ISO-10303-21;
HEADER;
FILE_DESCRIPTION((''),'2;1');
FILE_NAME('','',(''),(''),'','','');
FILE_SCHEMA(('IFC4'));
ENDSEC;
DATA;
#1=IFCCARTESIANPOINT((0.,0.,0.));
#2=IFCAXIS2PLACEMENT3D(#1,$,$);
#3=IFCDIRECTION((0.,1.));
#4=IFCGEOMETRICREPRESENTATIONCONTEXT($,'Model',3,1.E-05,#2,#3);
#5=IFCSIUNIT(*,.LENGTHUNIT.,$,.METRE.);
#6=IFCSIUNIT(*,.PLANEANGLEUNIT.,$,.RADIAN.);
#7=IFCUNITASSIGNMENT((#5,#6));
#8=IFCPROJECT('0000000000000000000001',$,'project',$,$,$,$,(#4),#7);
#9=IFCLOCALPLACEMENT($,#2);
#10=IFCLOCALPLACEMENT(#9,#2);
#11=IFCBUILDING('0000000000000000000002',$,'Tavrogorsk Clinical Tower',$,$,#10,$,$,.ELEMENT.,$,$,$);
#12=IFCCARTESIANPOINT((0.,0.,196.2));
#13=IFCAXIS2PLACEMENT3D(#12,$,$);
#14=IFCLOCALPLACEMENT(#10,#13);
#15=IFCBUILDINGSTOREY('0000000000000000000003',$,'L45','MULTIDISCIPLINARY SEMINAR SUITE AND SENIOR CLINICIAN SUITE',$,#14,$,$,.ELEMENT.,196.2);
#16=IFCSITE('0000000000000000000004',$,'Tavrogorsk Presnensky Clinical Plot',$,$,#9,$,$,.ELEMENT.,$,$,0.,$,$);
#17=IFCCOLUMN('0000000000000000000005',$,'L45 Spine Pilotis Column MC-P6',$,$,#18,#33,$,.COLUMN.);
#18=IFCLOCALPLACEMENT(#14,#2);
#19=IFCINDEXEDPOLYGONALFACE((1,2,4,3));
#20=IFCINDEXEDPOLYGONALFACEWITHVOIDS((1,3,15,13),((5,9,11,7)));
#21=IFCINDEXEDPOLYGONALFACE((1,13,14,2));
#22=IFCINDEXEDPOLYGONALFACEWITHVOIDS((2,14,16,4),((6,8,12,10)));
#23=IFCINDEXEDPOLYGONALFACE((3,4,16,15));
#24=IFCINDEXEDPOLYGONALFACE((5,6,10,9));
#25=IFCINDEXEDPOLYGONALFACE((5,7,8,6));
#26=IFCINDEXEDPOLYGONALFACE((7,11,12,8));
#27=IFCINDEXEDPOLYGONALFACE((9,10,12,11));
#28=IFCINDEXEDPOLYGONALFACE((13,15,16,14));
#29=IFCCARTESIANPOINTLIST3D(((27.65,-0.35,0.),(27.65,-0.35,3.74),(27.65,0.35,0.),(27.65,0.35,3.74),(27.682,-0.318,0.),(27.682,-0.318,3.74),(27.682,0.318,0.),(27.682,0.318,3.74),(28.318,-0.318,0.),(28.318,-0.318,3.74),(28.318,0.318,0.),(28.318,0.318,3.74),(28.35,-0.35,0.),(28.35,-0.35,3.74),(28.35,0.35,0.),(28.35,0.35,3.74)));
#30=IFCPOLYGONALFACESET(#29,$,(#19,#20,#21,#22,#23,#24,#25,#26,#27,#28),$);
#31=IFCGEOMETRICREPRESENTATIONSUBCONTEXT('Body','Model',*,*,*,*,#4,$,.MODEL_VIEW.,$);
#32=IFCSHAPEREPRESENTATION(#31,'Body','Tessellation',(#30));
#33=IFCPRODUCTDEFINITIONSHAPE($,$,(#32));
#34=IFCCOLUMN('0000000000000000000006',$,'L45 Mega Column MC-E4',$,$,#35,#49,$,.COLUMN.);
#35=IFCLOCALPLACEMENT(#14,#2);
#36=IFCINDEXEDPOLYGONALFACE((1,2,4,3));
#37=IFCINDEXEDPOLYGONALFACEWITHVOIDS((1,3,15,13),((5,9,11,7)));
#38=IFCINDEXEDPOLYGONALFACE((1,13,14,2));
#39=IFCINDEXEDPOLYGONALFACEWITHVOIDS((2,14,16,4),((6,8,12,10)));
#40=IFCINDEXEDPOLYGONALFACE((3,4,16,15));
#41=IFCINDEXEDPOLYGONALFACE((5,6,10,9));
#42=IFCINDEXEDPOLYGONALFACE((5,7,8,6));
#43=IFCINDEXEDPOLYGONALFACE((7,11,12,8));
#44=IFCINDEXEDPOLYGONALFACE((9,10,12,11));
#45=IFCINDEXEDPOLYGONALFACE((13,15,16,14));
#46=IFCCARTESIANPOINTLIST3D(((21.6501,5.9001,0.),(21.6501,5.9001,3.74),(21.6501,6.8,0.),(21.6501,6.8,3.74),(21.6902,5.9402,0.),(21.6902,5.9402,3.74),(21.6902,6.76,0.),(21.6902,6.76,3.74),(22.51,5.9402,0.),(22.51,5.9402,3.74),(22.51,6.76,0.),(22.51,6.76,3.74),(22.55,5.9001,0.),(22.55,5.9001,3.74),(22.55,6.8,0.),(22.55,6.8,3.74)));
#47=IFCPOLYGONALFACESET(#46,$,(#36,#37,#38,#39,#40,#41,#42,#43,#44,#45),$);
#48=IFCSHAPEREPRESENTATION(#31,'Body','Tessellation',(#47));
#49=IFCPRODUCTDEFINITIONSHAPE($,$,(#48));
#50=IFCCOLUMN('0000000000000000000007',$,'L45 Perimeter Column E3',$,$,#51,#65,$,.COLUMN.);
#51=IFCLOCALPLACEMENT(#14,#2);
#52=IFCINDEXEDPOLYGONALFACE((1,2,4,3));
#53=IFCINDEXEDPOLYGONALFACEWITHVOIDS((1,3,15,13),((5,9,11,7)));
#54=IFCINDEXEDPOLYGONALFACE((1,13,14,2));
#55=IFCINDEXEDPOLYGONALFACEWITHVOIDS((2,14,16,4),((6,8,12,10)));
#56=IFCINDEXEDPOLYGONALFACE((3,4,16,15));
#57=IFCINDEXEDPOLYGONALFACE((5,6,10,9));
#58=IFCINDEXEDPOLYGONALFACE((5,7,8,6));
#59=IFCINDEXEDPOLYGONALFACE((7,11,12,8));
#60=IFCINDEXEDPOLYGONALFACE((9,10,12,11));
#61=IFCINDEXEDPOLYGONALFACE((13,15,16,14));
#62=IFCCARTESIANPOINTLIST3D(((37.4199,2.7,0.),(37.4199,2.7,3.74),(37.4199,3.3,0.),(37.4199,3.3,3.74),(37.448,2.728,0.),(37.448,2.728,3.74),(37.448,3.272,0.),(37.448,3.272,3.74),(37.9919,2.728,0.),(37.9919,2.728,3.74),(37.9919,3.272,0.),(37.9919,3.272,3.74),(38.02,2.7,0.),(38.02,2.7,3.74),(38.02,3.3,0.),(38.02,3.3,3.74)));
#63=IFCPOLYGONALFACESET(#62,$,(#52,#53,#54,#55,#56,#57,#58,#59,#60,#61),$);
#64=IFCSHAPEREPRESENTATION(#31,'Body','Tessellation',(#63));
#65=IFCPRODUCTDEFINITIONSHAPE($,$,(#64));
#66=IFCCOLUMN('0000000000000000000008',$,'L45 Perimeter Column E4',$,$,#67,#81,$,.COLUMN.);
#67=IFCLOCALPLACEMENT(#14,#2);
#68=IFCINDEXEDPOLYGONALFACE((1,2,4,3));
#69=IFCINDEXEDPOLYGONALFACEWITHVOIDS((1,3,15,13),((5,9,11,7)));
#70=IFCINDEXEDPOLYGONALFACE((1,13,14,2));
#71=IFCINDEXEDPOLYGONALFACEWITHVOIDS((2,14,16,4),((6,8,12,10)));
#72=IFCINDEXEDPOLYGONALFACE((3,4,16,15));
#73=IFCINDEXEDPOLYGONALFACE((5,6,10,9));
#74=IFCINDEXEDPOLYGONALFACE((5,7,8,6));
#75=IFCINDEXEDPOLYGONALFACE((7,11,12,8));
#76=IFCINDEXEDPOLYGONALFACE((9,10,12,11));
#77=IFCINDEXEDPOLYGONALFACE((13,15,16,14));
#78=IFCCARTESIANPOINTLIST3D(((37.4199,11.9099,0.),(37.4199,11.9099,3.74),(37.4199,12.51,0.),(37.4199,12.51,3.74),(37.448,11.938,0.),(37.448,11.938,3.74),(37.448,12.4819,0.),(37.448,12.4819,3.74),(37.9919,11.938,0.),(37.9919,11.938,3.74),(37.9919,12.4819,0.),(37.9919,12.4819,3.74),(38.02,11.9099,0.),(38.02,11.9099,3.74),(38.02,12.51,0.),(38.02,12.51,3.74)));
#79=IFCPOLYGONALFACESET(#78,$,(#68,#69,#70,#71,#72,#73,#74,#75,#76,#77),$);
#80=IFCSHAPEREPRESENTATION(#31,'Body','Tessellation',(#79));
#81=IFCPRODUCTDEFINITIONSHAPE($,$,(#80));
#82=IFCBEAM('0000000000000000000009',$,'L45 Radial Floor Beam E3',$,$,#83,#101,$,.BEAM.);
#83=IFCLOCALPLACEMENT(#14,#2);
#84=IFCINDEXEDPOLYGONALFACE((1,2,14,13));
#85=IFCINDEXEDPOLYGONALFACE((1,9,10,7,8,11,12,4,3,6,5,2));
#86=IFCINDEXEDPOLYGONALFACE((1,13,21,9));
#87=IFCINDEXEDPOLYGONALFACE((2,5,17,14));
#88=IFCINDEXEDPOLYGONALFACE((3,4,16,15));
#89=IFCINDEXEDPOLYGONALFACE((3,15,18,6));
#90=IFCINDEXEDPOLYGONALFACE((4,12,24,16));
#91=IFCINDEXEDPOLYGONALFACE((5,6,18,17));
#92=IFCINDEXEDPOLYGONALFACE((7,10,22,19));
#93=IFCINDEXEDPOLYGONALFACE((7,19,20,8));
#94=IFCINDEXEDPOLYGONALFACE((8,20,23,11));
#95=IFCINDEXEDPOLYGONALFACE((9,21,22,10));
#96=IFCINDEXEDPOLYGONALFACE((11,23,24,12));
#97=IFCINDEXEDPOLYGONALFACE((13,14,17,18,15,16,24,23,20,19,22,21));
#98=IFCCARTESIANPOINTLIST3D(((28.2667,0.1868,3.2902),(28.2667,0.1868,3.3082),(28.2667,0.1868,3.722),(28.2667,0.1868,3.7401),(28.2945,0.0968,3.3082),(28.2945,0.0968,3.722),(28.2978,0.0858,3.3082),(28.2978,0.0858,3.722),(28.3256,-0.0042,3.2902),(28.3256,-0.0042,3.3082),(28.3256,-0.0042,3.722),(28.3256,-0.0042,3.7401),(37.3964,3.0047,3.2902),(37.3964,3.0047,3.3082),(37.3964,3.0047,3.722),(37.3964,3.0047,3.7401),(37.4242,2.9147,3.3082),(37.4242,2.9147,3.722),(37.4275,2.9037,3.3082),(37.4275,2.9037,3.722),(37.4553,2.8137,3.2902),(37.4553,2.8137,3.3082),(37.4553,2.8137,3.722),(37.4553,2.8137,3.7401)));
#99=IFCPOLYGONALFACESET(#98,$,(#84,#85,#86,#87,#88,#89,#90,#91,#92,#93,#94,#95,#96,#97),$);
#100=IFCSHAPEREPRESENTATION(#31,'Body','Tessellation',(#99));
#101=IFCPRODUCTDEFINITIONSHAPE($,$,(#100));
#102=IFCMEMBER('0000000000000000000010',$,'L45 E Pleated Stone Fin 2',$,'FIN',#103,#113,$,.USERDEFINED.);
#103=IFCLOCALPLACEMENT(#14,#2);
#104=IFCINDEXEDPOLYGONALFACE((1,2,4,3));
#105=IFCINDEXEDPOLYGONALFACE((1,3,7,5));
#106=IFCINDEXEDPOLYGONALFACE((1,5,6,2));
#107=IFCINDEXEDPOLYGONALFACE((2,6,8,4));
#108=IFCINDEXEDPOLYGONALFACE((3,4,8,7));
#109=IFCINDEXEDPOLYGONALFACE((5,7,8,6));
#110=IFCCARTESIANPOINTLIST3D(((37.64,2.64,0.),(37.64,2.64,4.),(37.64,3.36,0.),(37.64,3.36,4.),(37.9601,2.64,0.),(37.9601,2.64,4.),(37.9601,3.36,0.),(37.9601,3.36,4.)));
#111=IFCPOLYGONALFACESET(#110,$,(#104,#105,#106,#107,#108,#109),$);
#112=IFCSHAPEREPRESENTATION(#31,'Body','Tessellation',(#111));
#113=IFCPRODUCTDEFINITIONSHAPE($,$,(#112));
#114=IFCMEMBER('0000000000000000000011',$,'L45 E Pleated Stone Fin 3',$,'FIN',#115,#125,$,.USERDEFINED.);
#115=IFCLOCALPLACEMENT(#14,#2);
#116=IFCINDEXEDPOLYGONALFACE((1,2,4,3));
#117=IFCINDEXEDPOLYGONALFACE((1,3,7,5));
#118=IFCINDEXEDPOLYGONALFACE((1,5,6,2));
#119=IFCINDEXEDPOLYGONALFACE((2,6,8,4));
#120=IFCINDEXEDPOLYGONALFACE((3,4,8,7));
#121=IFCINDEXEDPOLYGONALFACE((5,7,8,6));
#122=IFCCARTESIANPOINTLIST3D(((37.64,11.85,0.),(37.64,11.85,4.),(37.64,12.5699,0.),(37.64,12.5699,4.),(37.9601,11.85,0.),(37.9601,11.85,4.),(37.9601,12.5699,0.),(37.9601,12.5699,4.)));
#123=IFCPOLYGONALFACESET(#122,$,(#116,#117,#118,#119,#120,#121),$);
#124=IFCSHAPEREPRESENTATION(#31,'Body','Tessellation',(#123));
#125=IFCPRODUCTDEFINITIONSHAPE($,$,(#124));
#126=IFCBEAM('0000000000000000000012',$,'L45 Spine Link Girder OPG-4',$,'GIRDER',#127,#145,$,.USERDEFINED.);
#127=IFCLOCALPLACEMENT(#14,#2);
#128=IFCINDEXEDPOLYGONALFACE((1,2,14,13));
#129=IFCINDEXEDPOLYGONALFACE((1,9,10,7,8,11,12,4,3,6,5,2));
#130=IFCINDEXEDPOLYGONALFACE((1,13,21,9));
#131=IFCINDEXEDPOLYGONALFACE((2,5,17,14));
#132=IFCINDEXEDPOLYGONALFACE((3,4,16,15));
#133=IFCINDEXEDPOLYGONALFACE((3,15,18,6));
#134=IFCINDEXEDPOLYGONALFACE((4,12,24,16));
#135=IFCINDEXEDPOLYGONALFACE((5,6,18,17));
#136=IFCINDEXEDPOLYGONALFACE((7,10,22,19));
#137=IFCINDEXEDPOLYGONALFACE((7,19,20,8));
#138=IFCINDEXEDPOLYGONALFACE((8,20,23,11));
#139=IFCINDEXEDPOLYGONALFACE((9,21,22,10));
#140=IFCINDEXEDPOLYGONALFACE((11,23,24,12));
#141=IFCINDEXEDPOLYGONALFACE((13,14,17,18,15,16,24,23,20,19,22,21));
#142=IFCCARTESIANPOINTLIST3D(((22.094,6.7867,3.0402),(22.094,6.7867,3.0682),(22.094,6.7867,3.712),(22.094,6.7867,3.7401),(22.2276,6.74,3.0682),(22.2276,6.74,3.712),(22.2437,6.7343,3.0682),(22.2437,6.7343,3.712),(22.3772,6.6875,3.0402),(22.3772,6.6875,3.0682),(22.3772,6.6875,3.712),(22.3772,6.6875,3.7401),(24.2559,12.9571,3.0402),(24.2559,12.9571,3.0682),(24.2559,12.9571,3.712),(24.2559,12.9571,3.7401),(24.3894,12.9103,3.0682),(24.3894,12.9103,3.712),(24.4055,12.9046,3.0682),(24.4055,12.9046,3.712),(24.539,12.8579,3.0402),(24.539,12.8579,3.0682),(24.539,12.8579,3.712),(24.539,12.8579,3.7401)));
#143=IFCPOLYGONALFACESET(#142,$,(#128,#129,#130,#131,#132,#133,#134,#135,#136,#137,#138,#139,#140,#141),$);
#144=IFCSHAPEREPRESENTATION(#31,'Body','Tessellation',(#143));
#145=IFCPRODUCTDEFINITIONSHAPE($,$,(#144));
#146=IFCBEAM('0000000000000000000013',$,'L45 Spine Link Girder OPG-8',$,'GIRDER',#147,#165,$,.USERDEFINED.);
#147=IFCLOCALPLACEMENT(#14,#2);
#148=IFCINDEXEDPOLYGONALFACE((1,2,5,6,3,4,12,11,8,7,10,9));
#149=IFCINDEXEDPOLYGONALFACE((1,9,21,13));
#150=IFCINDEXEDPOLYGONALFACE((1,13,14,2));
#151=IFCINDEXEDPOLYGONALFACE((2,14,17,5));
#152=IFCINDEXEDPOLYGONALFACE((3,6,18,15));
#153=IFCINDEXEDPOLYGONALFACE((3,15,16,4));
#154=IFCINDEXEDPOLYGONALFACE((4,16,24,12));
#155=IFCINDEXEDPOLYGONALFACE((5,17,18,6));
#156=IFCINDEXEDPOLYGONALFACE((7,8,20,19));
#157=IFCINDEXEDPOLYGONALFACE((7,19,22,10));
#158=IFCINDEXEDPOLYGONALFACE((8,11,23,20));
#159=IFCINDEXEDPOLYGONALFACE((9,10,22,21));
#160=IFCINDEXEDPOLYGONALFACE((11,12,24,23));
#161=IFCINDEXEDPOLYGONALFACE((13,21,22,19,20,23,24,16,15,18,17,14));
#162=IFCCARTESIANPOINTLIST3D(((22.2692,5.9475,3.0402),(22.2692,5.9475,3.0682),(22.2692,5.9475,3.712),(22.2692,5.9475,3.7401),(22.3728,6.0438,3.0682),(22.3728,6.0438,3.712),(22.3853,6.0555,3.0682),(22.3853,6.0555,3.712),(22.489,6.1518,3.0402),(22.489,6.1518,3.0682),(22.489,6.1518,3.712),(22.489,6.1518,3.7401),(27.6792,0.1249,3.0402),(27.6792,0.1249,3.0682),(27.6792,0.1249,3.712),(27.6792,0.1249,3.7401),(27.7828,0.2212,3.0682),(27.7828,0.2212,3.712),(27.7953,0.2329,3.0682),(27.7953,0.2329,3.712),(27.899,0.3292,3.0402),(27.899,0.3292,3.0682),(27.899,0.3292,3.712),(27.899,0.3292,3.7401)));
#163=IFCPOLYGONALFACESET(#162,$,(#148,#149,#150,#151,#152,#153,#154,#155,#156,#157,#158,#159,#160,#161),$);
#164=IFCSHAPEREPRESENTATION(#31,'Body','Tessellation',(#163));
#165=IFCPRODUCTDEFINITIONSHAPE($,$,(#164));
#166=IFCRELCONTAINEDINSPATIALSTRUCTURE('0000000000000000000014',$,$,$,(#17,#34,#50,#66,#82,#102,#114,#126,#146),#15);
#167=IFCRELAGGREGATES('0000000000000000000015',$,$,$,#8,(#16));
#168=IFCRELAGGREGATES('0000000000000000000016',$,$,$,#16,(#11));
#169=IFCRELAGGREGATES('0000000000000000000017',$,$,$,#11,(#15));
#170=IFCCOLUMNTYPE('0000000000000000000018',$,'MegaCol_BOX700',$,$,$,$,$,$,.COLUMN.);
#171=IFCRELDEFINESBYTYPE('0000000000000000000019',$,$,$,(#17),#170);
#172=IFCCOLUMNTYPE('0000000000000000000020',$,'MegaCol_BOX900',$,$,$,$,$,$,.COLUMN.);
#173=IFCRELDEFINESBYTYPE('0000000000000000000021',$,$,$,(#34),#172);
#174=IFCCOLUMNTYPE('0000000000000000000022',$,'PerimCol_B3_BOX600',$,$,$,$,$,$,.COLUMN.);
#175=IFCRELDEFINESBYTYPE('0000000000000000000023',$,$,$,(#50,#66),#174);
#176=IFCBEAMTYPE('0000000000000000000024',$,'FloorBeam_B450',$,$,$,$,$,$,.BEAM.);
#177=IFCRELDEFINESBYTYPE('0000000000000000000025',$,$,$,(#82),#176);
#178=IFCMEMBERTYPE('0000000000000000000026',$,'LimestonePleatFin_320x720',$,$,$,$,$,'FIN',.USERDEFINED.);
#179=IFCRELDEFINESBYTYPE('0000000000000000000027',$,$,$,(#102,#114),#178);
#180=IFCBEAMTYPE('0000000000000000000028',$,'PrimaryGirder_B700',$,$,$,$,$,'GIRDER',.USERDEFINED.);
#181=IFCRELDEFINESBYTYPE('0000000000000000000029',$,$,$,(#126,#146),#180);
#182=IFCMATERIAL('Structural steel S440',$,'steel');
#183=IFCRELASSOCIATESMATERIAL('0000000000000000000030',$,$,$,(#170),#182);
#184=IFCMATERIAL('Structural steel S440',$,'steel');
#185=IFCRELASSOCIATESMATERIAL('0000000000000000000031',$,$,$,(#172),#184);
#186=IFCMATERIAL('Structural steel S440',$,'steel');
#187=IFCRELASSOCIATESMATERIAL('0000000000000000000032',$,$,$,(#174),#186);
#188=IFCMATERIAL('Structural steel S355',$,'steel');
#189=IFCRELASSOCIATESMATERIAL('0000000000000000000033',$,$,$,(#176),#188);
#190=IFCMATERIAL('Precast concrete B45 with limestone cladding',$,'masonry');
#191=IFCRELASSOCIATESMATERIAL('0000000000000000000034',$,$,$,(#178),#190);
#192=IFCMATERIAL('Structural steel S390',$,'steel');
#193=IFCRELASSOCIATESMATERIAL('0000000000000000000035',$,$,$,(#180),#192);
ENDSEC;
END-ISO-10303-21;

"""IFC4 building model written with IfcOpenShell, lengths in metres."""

from ifc_helpers import new_model, si_unit, direction, frame, origin, origin_2d, place, context, subcontext, project, spatial, rectangle, hollow_rectangle, i_section, extrude, material, material_profile, profile_set, type_object, element, save


model = new_model("IFC4")

# Units and contexts
model_context = context("Model", 3, precision=1e-05, world=origin(), true_north=direction((0.0, 1.0)))
body_context = subcontext(model_context, "Body", "Model", "MODEL_VIEW")
ifc_project = project(units=[si_unit("LENGTHUNIT", "METRE"), si_unit("PLANEANGLEUNIT", "RADIAN")], contexts=[model_context])

# Site, building, storey
site_placement = place(None, origin())
site = spatial("IfcSite", under=ifc_project, at=site_placement, Name="Tavrogorsk Presnensky Clinical Plot", CompositionType="ELEMENT", RefElevation=0.0)
building_placement = place(site_placement, origin())
building = spatial("IfcBuilding", under=site, at=building_placement, Name="Tavrogorsk Clinical Tower", CompositionType="ELEMENT")
storey_placement = place(building_placement, frame((0.0, 0.0, 196.2)))
storey = spatial("IfcBuildingStorey", under=building, at=storey_placement, Name="L45", Description="MULTIDISCIPLINARY SEMINAR SUITE AND SENIOR CLINICIAN SUITE", CompositionType="ELEMENT", Elevation=196.2)

# Columns
ifc_material_1 = material(Name="Structural steel S440", Category="steel")
ifc_material_profile_1 = material_profile(ifc_material_1, hollow_rectangle(XDim=0.7, YDim=0.7, WallThickness=0.032, at=origin_2d()), Name="BOX-700x700x32")
ifc_profile_set_1 = profile_set([ifc_material_profile_1], Name="Structural steel S440")
column_type_1 = type_object("IfcColumnType", Name="MegaCol_BOX700", PredefinedType="COLUMN", material=ifc_profile_set_1)
column_1_placement = place(storey_placement, frame((28.0, 0.0, 0.0), z_axis=(0.0, 0.0, 1.0), x_axis=(1.0, 0.0, 0.0)))
element("IfcColumn", 1, at=column_1_placement, inside=storey, type_object=column_type_1, Name="L45 Spine Pilotis Column MC-P6", PredefinedType="COLUMN", context=body_context, shape_type="SweptSolid", body=[
    extrude(hollow_rectangle(XDim=0.7, YDim=0.7, WallThickness=0.032, at=origin_2d()), origin(), (0.0, 0.0, 1.0), 3.74),
])
ifc_material_2 = material(Name="Structural steel S440", Category="steel")
ifc_material_profile_2 = material_profile(ifc_material_2, hollow_rectangle(XDim=0.8999, YDim=0.8999, WallThickness=0.04, at=origin_2d()), Name="BOX-900x900x40")
ifc_profile_set_2 = profile_set([ifc_material_profile_2], Name="Structural steel S440")
column_type_2 = type_object("IfcColumnType", Name="MegaCol_BOX900", PredefinedType="COLUMN", material=ifc_profile_set_2)
column_2_placement = place(storey_placement, frame((22.1001, 6.3501, 0.0), z_axis=(0.0, 0.0, 1.0), x_axis=(1.0, 0.0, 0.0)))
element("IfcColumn", 2, at=column_2_placement, inside=storey, type_object=column_type_2, Name="L45 Mega Column MC-E4", PredefinedType="COLUMN", context=body_context, shape_type="SweptSolid", body=[
    extrude(hollow_rectangle(XDim=0.8999, YDim=0.8999, WallThickness=0.04, at=origin_2d()), origin(), (0.0, 0.0, 1.0), 3.74),
])
ifc_material_3 = material(Name="Structural steel S440", Category="steel")
ifc_material_profile_3 = material_profile(ifc_material_3, hollow_rectangle(XDim=0.6001, YDim=0.6001, WallThickness=0.0281, at=origin_2d()), Name="BOX-600x600x28")
ifc_profile_set_3 = profile_set([ifc_material_profile_3], Name="Structural steel S440")
column_type_3 = type_object("IfcColumnType", Name="PerimCol_B3_BOX600", PredefinedType="COLUMN", material=ifc_profile_set_3)
for number, where, z_axis, x_axis, name in (
    (3, (37.72, 3.0, 0.0), (0.0, 0.0, 1.0), (1.0, 0.0, 0.0), "L45 Perimeter Column E3"),
    (4, (37.72, 12.21, 0.0), (0.0, 0.0, 1.0), (1.0, 0.0, 0.0), "L45 Perimeter Column E4"),
):
    element("IfcColumn", number, at=place(storey_placement, frame(where, z_axis=z_axis, x_axis=x_axis)), inside=storey, type_object=column_type_3, Name=name, PredefinedType="COLUMN", context=body_context, shape_type="SweptSolid", body=[
        extrude(hollow_rectangle(XDim=0.6001, YDim=0.6001, WallThickness=0.0281, at=origin_2d()), origin(), (0.0, 0.0, 1.0), 3.74),
    ])

# Beam
ifc_material_4 = material(Name="Structural steel S355", Category="steel")
ifc_material_profile_4 = material_profile(ifc_material_4, i_section(OverallWidth=0.2, OverallDepth=0.45, WebThickness=0.0115, FlangeThickness=0.0181, at=origin_2d()), Name="B-450x200x11.5x18")
ifc_profile_set_4 = profile_set([ifc_material_profile_4], Name="Structural steel S355")
beam_type_1 = type_object("IfcBeamType", Name="FloorBeam_B450", PredefinedType="BEAM", material=ifc_profile_set_4)
beam_1_placement = place(storey_placement, frame((28.2961, 0.0913, 3.5151), z_axis=(0.955521, 0.294922, 0.0), x_axis=(-0.294922, 0.955521, 0.0)))
element("IfcBeam", 5, at=beam_1_placement, inside=storey, type_object=beam_type_1, Name="L45 Radial Floor Beam E3", PredefinedType="BEAM", context=body_context, shape_type="SweptSolid", body=[
    extrude(i_section(OverallWidth=0.2, OverallDepth=0.45, WebThickness=0.0115, FlangeThickness=0.0181, at=origin_2d()), origin(), (0.0, 0.0, 1.0), 9.5547),
])

# Members
ifc_material_5 = material(Name="Precast concrete B45 with limestone cladding", Category="masonry")
ifc_material_profile_5 = material_profile(ifc_material_5, rectangle(XDim=0.3201, YDim=0.72, at=origin_2d()), Name="LIMESTONE-FIN-320x720")
ifc_profile_set_5 = profile_set([ifc_material_profile_5], Name="Precast concrete B45 with limestone cladding")
member_type = type_object("IfcMemberType", Name="LimestonePleatFin_320x720", ElementType="FIN", PredefinedType="USERDEFINED", material=ifc_profile_set_5)
for number, where, z_axis, x_axis, name in (
    (6, (37.8, 3.0, 0.0), (0.0, 0.0, 1.0), (1.0, 0.0, 0.0), "L45 E Pleated Stone Fin 2"),
    (7, (37.8, 12.21, 0.0), (0.0, 0.0, 1.0), (1.0, 0.0, 0.0), "L45 E Pleated Stone Fin 3"),
):
    element("IfcMember", number, at=place(storey_placement, frame(where, z_axis=z_axis, x_axis=x_axis)), inside=storey, type_object=member_type, Name=name, ObjectType="FIN", PredefinedType="USERDEFINED", context=body_context, shape_type="SweptSolid", body=[
        extrude(rectangle(XDim=0.3201, YDim=0.72, at=origin_2d()), origin(), (0.0, 0.0, 1.0), 4.0),
    ])

# Beams
ifc_material_6 = material(Name="Structural steel S390", Category="steel")
ifc_material_profile_6 = material_profile(ifc_material_6, i_section(OverallWidth=0.3, OverallDepth=0.7, WebThickness=0.0171, FlangeThickness=0.0281, at=origin_2d()), Name="B-700x300x17x28")
ifc_profile_set_6 = profile_set([ifc_material_profile_6], Name="Structural steel S390")
beam_type_2 = type_object("IfcBeamType", Name="PrimaryGirder_B700", ElementType="GIRDER", PredefinedType="USERDEFINED", material=ifc_profile_set_6)
beam_2_placement = place(storey_placement, frame((24.3975, 12.9075, 3.3901), z_axis=(-0.330653, -0.943752, 0.0), x_axis=(0.943752, -0.330653, 0.0)))
element("IfcBeam", 8, at=beam_2_placement, inside=storey, type_object=beam_type_2, Name="L45 Spine Link Girder OPG-4", ObjectType="GIRDER", PredefinedType="USERDEFINED", context=body_context, shape_type="SweptSolid", body=[
    extrude(i_section(OverallWidth=0.3, OverallDepth=0.7, WebThickness=0.0171, FlangeThickness=0.0281, at=origin_2d()), origin(), (0.0, 0.0, 1.0), 6.5381),
])
beam_3_placement = place(storey_placement, frame((27.7891, 0.2271, 3.3901), z_axis=(-0.680674, 0.732587, 0.0), x_axis=(-0.732587, -0.680674, 0.0)))
element("IfcBeam", 9, at=beam_3_placement, inside=storey, type_object=beam_type_2, Name="L45 Spine Link Girder OPG-8", ObjectType="GIRDER", PredefinedType="USERDEFINED", context=body_context, shape_type="SweptSolid", body=[
    extrude(i_section(OverallWidth=0.3, OverallDepth=0.7, WebThickness=0.0171, FlangeThickness=0.0281, at=origin_2d()), origin(), (0.0, 0.0, 1.0), 7.948),
])

save(model, "model.ifc")
